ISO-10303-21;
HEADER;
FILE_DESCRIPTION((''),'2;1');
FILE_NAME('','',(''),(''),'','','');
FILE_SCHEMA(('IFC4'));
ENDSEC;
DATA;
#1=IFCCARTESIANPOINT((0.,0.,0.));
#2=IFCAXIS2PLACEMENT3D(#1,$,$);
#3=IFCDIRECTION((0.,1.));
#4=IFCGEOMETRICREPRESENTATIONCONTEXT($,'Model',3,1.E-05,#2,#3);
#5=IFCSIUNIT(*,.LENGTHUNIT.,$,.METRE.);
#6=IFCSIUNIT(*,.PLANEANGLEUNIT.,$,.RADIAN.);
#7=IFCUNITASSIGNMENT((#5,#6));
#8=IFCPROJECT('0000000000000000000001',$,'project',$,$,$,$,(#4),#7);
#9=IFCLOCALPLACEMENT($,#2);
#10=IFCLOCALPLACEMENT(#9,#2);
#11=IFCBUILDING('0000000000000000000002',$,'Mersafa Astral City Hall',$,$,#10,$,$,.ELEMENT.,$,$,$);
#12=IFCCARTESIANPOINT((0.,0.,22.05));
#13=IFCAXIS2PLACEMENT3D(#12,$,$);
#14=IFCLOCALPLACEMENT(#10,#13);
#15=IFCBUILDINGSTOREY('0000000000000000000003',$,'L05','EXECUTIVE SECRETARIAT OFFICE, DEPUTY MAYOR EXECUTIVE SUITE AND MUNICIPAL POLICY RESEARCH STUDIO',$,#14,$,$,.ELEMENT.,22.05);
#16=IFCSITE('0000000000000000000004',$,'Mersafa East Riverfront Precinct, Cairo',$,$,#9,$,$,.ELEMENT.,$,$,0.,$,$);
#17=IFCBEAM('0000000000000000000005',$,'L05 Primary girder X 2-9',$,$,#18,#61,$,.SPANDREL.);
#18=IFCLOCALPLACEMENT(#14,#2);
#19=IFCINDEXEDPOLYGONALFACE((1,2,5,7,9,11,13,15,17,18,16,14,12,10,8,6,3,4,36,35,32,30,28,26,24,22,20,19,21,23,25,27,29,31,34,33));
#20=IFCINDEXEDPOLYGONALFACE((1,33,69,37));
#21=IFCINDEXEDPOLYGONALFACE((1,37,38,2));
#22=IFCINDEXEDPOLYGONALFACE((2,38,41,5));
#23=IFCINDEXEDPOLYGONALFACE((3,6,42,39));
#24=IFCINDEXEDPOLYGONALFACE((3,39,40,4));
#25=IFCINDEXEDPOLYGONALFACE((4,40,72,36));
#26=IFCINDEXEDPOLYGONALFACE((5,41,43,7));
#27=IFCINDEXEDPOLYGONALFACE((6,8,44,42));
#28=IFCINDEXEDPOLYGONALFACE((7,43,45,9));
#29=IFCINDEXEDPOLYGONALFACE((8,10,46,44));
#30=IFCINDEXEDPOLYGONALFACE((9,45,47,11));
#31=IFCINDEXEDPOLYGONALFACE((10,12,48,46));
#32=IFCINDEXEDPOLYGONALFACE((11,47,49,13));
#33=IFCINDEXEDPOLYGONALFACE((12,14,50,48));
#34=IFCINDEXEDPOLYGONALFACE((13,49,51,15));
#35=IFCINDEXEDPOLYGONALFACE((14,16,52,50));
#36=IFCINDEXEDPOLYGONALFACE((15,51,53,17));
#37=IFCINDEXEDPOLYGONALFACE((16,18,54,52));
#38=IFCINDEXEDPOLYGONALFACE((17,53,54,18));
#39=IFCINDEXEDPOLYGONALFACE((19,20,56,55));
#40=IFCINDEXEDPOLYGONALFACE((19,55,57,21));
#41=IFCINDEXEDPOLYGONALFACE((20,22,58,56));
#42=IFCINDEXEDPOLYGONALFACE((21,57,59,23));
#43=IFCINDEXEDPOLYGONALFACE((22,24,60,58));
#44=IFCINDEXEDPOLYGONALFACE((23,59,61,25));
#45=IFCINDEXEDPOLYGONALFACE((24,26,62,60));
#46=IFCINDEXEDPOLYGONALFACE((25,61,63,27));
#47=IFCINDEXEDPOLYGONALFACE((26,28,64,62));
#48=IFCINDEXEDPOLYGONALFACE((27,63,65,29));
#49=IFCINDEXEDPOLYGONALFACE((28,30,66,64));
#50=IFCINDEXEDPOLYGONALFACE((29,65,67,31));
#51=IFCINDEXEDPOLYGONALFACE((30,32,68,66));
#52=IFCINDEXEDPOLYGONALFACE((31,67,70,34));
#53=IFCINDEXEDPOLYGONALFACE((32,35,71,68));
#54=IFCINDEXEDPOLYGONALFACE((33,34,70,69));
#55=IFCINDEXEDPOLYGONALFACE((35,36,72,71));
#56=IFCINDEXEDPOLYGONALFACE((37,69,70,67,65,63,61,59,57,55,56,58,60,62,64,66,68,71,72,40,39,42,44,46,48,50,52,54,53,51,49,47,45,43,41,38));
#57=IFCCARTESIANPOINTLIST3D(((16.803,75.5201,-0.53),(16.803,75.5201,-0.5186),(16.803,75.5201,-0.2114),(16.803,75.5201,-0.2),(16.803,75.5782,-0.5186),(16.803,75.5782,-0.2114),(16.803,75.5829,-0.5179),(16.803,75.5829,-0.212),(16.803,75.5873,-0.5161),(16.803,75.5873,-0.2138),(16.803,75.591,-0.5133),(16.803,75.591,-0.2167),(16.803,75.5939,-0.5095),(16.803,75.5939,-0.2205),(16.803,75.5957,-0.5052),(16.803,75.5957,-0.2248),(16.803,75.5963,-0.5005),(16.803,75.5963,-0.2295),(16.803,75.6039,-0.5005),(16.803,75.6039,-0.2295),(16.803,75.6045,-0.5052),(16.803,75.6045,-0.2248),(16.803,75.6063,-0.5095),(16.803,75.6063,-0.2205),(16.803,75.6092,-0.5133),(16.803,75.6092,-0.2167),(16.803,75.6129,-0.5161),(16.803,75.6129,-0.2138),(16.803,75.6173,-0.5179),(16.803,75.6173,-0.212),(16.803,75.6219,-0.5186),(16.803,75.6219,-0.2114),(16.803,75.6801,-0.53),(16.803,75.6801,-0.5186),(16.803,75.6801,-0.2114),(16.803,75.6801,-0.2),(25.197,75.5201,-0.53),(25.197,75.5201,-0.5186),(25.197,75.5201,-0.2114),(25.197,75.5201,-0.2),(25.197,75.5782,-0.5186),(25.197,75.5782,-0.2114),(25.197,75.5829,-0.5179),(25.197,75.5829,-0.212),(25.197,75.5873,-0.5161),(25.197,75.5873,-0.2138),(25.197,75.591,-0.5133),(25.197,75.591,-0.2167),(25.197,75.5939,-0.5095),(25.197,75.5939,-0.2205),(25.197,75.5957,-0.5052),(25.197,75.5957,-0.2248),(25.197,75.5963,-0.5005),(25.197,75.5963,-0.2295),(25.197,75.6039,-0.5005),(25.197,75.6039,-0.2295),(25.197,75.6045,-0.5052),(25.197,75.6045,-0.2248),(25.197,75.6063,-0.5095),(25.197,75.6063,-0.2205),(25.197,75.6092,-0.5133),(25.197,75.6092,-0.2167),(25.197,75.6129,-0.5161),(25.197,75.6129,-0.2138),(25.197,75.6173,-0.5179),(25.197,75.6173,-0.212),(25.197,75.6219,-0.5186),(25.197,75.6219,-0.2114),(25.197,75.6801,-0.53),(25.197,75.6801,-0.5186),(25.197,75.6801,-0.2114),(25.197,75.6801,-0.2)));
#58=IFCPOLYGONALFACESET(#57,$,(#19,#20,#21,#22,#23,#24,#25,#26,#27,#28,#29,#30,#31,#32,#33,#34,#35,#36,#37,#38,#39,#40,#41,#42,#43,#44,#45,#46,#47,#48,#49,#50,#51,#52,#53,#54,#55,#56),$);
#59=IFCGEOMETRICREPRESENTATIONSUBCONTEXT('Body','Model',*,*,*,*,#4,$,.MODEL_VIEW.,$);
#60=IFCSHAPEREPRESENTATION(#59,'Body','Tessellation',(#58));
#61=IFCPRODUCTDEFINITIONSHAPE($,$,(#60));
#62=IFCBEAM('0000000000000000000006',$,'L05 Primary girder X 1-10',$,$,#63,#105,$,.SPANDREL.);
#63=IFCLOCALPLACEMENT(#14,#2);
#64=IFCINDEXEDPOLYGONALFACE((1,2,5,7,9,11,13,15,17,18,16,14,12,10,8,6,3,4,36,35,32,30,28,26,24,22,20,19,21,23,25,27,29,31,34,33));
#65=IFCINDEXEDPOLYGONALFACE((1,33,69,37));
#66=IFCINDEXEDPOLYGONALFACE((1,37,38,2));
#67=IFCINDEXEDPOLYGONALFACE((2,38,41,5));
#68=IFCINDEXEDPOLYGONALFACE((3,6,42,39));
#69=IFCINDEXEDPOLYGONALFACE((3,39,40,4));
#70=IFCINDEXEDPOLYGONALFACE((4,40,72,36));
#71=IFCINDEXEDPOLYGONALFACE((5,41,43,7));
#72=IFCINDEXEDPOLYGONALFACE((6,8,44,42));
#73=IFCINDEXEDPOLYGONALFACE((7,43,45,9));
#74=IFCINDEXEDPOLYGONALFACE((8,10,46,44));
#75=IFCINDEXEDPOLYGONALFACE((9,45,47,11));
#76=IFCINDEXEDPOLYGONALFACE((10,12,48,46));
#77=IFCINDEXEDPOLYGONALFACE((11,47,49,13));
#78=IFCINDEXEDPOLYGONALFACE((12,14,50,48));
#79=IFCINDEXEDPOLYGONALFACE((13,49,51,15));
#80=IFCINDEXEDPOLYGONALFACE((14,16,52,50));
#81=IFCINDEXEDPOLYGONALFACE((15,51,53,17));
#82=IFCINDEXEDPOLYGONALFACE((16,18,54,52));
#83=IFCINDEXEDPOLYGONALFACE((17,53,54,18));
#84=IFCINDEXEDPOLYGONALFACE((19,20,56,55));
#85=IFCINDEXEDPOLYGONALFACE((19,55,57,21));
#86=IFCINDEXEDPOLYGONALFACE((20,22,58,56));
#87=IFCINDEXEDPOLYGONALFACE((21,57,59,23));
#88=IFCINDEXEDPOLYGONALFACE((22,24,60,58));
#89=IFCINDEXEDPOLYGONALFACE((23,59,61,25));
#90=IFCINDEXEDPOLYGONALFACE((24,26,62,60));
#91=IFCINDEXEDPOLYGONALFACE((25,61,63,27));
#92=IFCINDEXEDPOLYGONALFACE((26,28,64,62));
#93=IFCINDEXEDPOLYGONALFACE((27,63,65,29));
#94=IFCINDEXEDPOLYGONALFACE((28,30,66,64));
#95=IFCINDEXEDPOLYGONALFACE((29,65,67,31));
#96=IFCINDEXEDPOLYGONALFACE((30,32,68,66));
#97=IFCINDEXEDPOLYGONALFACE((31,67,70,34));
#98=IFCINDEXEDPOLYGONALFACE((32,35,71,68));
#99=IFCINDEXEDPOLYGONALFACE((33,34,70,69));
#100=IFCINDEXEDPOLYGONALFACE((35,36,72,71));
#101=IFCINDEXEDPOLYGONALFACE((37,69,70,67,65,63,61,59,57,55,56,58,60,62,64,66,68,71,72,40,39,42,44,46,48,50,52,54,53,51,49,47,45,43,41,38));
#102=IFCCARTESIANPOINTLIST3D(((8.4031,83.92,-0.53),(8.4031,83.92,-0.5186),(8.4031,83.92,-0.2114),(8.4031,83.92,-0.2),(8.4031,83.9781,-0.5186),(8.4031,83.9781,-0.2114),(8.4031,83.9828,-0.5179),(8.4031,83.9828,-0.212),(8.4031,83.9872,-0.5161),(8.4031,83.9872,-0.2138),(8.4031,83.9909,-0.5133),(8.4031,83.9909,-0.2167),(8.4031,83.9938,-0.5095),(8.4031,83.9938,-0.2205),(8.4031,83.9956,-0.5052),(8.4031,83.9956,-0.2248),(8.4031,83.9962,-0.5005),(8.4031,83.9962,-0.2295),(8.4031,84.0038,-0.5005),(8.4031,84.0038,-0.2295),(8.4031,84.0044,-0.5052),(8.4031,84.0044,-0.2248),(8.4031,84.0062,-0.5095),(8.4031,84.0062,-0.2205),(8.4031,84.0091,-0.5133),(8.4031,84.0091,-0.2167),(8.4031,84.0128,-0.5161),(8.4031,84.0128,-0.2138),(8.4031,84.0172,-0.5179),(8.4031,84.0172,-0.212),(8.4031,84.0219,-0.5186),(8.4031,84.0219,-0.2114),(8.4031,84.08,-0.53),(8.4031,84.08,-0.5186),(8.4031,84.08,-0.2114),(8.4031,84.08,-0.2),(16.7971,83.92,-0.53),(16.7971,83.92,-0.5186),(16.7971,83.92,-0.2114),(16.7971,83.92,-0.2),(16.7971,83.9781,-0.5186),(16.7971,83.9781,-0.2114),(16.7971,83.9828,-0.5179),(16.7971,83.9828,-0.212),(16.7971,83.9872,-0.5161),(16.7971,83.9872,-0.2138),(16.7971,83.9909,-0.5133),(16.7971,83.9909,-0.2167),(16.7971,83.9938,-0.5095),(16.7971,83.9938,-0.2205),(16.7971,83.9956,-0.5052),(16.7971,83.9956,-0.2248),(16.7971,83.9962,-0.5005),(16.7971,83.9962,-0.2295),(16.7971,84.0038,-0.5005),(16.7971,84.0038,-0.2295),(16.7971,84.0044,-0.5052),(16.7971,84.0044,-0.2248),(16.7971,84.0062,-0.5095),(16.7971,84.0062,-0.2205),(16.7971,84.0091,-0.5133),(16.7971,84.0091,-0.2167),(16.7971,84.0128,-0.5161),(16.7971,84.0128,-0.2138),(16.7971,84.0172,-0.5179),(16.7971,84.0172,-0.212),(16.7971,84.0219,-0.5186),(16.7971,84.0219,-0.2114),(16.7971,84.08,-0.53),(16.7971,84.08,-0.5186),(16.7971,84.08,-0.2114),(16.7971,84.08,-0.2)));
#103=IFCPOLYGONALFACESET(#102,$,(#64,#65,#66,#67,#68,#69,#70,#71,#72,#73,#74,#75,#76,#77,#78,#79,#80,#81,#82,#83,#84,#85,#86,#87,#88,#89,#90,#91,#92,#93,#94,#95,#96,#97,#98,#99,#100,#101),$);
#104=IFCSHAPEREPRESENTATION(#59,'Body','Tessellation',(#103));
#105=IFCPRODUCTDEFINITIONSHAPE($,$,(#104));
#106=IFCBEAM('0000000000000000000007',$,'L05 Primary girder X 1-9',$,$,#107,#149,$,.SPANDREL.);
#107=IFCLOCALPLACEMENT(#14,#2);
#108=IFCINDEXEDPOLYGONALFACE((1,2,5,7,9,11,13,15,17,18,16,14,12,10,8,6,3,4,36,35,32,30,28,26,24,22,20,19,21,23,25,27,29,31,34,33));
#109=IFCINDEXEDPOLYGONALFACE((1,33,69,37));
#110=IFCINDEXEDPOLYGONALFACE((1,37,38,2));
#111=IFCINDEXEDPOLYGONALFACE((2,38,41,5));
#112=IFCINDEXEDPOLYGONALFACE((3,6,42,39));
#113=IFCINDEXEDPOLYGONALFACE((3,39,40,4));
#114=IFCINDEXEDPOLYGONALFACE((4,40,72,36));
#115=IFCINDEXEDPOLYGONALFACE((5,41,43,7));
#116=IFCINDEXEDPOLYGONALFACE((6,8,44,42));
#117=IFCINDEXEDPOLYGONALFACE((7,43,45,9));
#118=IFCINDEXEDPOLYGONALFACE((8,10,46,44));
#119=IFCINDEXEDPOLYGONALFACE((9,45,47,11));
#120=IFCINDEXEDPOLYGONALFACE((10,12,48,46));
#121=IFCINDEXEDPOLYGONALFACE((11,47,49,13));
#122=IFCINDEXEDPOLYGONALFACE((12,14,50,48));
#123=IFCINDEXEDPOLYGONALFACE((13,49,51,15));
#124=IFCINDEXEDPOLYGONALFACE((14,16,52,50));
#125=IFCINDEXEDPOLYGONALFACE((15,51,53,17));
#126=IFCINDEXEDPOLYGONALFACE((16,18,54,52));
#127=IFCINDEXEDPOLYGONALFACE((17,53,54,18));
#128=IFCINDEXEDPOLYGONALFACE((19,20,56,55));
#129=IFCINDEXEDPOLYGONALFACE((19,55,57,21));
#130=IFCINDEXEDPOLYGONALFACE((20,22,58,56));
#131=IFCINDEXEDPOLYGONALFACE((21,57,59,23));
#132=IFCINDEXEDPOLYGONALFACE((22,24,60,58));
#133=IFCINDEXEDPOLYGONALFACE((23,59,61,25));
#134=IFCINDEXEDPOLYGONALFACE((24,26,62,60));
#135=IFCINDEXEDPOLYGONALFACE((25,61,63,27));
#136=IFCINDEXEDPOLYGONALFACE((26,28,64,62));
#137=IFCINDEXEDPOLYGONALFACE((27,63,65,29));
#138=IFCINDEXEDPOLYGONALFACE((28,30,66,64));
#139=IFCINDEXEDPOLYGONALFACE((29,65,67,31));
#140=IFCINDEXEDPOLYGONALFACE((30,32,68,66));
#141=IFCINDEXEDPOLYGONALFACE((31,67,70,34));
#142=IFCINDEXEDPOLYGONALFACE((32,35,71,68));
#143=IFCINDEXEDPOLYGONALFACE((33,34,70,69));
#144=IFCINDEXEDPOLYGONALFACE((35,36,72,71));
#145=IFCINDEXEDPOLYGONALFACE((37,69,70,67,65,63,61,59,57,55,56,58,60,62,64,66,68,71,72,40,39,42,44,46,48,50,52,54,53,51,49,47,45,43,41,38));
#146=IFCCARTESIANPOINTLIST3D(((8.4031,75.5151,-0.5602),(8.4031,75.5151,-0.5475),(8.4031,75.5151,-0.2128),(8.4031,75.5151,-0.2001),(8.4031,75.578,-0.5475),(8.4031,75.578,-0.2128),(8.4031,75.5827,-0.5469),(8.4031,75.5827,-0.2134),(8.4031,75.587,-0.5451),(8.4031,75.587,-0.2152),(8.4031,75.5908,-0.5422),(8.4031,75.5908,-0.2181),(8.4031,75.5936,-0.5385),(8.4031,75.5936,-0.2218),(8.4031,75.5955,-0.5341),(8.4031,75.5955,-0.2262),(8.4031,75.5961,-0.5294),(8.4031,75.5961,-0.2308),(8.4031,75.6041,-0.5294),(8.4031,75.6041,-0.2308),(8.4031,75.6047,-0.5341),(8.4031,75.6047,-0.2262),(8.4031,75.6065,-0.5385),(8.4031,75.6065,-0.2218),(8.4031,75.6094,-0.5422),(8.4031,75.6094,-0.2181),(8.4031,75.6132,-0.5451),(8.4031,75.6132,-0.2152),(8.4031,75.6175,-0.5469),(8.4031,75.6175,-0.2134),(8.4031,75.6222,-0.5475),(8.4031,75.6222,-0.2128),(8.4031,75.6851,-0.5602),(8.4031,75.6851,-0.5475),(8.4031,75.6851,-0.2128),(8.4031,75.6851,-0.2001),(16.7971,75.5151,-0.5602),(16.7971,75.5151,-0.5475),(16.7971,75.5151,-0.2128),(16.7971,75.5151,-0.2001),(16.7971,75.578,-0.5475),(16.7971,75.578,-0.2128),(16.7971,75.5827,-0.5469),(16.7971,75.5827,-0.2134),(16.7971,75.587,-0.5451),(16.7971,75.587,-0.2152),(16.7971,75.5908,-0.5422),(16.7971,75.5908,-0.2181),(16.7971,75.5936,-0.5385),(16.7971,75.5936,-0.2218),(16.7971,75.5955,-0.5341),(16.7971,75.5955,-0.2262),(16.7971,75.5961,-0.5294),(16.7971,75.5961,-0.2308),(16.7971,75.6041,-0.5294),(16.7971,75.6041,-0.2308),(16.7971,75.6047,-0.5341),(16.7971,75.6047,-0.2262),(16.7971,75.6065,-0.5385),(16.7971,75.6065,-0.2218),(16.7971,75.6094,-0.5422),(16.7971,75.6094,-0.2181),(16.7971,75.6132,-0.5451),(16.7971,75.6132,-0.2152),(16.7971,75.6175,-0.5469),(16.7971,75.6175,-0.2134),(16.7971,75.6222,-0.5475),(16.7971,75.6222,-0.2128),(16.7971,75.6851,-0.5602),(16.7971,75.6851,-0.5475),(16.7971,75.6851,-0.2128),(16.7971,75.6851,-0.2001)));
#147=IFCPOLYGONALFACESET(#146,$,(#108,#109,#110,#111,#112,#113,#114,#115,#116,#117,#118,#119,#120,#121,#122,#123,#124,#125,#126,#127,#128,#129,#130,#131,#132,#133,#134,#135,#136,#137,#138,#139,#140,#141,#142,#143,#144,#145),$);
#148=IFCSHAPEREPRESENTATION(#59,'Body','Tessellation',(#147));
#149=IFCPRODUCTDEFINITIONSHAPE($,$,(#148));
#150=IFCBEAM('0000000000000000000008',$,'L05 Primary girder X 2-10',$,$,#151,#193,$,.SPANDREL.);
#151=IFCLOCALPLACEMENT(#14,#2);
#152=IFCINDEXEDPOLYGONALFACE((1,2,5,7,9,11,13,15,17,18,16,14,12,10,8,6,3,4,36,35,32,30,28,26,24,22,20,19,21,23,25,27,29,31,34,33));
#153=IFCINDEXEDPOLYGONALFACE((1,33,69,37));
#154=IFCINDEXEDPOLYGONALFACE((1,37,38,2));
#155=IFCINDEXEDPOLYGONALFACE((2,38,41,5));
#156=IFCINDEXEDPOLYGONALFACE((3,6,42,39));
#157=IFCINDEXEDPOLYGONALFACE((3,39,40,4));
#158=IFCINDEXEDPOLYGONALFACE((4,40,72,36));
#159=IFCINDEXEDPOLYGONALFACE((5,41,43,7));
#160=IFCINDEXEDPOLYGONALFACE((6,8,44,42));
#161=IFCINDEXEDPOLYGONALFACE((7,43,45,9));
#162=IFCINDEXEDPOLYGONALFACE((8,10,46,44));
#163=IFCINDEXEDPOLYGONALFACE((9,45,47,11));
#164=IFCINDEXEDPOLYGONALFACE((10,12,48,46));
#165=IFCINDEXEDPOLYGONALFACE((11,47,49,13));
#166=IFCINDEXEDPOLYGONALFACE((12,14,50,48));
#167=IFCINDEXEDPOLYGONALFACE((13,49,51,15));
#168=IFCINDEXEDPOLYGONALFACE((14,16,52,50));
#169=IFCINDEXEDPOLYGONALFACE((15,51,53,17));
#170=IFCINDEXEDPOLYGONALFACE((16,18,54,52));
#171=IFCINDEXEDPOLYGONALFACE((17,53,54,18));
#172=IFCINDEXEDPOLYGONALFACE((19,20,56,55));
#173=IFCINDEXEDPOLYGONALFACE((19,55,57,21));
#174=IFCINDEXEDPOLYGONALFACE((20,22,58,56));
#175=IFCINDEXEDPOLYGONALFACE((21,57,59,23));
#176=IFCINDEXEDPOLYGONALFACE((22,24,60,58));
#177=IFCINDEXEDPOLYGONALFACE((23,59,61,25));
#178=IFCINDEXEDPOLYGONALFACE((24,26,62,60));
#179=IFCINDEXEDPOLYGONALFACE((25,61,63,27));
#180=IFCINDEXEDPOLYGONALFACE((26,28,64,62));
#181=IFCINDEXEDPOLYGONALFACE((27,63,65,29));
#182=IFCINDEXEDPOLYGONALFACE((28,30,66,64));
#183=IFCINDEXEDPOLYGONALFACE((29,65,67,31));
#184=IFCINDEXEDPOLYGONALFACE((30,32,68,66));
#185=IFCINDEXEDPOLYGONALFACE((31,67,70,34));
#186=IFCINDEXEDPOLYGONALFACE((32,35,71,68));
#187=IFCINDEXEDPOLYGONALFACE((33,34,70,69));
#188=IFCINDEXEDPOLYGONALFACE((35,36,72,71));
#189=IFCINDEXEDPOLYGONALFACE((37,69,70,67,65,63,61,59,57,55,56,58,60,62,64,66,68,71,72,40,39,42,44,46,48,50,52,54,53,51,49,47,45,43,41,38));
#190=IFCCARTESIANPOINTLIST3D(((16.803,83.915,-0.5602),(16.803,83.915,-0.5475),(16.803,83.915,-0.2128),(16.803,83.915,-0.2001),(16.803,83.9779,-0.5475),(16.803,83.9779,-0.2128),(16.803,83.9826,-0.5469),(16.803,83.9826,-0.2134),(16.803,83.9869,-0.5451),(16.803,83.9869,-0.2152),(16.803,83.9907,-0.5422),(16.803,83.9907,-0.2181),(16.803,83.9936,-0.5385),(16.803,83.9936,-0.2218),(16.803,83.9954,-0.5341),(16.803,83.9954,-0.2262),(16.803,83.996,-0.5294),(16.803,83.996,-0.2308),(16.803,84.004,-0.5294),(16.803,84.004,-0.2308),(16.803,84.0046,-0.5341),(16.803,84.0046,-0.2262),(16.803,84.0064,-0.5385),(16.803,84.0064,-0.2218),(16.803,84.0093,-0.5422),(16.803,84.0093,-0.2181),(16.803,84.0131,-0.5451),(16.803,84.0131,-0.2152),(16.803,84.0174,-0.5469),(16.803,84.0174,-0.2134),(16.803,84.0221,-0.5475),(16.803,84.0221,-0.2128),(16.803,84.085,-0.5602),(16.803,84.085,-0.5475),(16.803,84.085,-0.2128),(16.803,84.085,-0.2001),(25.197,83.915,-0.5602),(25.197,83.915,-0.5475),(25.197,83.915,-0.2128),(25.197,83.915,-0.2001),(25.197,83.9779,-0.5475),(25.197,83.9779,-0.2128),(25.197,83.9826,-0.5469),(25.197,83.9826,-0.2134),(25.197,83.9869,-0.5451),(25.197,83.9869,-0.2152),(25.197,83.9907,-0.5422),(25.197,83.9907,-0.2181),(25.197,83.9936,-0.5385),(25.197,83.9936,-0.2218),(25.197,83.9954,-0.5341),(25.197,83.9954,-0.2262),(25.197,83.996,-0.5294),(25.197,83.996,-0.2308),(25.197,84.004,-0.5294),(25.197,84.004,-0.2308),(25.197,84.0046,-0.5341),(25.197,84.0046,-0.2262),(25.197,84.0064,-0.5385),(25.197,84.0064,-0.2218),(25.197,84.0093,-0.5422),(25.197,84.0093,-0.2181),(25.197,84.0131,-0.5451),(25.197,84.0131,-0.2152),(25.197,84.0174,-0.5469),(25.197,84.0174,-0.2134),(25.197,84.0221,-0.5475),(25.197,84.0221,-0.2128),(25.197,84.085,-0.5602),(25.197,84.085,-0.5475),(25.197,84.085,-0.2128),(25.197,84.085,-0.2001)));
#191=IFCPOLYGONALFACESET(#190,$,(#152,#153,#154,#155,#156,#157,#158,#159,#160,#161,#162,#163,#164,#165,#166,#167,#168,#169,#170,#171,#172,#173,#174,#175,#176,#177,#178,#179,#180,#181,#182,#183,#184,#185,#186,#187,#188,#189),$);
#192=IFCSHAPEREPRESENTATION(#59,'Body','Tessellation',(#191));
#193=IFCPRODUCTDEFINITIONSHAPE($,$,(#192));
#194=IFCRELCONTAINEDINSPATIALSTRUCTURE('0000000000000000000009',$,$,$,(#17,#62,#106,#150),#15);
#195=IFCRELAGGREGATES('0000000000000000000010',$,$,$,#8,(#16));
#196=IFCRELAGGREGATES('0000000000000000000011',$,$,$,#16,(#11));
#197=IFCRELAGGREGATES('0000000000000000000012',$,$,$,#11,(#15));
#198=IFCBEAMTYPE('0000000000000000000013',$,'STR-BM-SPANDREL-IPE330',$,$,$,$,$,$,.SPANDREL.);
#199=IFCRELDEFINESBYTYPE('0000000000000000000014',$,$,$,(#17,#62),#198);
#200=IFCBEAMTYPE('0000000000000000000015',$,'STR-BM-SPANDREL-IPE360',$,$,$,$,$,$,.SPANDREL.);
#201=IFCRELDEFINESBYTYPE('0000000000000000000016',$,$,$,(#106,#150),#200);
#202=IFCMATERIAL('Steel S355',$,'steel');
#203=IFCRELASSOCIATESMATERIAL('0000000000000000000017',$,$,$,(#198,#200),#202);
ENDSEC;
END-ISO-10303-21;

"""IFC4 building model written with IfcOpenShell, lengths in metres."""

from ifc_helpers import new_model, si_unit, direction, frame, origin, origin_2d, place, context, subcontext, project, spatial, i_section, extrude, material, material_profile, profile_set, type_object, element, save


model = new_model("IFC4")

# Units and contexts
model_context = context("Model", 3, precision=1e-05, world=origin(), true_north=direction((0.0, 1.0)))
body_context = subcontext(model_context, "Body", "Model", "MODEL_VIEW")
ifc_project = project(units=[si_unit("LENGTHUNIT", "METRE"), si_unit("PLANEANGLEUNIT", "RADIAN")], contexts=[model_context])

# Site, building, storey
site_placement = place(None, origin())
site = spatial("IfcSite", under=ifc_project, at=site_placement, Name="Mersafa East Riverfront Precinct, Cairo", CompositionType="ELEMENT", RefElevation=0.0)
building_placement = place(site_placement, origin())
building = spatial("IfcBuilding", under=site, at=building_placement, Name="Mersafa Astral City Hall", CompositionType="ELEMENT")
storey_placement = place(building_placement, frame((0.0, 0.0, 22.05)))
storey = spatial("IfcBuildingStorey", under=building, at=storey_placement, Name="L05", Description="EXECUTIVE SECRETARIAT OFFICE, DEPUTY MAYOR EXECUTIVE SUITE AND MUNICIPAL POLICY RESEARCH STUDIO", CompositionType="ELEMENT", Elevation=22.05)

# Beams
ifc_material_1 = material(Name="Steel S355", Category="steel")
ifc_material_profile_1 = material_profile(ifc_material_1, i_section(OverallWidth=0.1599, OverallDepth=0.3301, WebThickness=0.0076, FlangeThickness=0.0115, FilletRadius=0.0181, at=origin_2d()), Name="IPE 330")
ifc_profile_set_1 = profile_set([ifc_material_profile_1], Name="Steel S355")
beam_type_1 = type_object("IfcBeamType", Name="STR-BM-SPANDREL-IPE330", PredefinedType="SPANDREL", material=ifc_profile_set_1)
for number, where, z_axis, x_axis, name in (
    (1, (16.803, 75.6001, -0.365), (1.0, 0.0, 0.0), (0.0, 1.0, 0.0), "L05 Primary girder X 2-9"),
    (2, (8.4031, 84.0, -0.365), (1.0, 0.0, 0.0), (0.0, 1.0, 0.0), "L05 Primary girder X 1-10"),
):
    element("IfcBeam", number, at=place(storey_placement, frame(where, z_axis=z_axis, x_axis=x_axis)), inside=storey, type_object=beam_type_1, Name=name, PredefinedType="SPANDREL", context=body_context, shape_type="SweptSolid", body=[
        extrude(i_section(OverallWidth=0.1599, OverallDepth=0.3301, WebThickness=0.0076, FlangeThickness=0.0115, FilletRadius=0.0181, at=origin_2d()), origin(), (0.0, 0.0, 1.0), 8.394),
    ])
ifc_material_profile_2 = material_profile(ifc_material_1, i_section(OverallWidth=0.1699, OverallDepth=0.3601, WebThickness=0.0081, FlangeThickness=0.0127, FilletRadius=0.0181, at=origin_2d()), Name="IPE 360")
ifc_profile_set_2 = profile_set([ifc_material_profile_2], Name="Steel S355")
beam_type_2 = type_object("IfcBeamType", Name="STR-BM-SPANDREL-IPE360", PredefinedType="SPANDREL", material=ifc_profile_set_2)
for number, where, z_axis, x_axis, name in (
    (3, (8.4031, 75.6001, -0.3801), (1.0, 0.0, 0.0), (0.0, 1.0, 0.0), "L05 Primary girder X 1-9"),
    (4, (16.803, 84.0, -0.3801), (1.0, 0.0, 0.0), (0.0, 1.0, 0.0), "L05 Primary girder X 2-10"),
):
    element("IfcBeam", number, at=place(storey_placement, frame(where, z_axis=z_axis, x_axis=x_axis)), inside=storey, type_object=beam_type_2, Name=name, PredefinedType="SPANDREL", context=body_context, shape_type="SweptSolid", body=[
        extrude(i_section(OverallWidth=0.1699, OverallDepth=0.3601, WebThickness=0.0081, FlangeThickness=0.0127, FilletRadius=0.0181, at=origin_2d()), origin(), (0.0, 0.0, 1.0), 8.394),
    ])

save(model, "model.ifc")
